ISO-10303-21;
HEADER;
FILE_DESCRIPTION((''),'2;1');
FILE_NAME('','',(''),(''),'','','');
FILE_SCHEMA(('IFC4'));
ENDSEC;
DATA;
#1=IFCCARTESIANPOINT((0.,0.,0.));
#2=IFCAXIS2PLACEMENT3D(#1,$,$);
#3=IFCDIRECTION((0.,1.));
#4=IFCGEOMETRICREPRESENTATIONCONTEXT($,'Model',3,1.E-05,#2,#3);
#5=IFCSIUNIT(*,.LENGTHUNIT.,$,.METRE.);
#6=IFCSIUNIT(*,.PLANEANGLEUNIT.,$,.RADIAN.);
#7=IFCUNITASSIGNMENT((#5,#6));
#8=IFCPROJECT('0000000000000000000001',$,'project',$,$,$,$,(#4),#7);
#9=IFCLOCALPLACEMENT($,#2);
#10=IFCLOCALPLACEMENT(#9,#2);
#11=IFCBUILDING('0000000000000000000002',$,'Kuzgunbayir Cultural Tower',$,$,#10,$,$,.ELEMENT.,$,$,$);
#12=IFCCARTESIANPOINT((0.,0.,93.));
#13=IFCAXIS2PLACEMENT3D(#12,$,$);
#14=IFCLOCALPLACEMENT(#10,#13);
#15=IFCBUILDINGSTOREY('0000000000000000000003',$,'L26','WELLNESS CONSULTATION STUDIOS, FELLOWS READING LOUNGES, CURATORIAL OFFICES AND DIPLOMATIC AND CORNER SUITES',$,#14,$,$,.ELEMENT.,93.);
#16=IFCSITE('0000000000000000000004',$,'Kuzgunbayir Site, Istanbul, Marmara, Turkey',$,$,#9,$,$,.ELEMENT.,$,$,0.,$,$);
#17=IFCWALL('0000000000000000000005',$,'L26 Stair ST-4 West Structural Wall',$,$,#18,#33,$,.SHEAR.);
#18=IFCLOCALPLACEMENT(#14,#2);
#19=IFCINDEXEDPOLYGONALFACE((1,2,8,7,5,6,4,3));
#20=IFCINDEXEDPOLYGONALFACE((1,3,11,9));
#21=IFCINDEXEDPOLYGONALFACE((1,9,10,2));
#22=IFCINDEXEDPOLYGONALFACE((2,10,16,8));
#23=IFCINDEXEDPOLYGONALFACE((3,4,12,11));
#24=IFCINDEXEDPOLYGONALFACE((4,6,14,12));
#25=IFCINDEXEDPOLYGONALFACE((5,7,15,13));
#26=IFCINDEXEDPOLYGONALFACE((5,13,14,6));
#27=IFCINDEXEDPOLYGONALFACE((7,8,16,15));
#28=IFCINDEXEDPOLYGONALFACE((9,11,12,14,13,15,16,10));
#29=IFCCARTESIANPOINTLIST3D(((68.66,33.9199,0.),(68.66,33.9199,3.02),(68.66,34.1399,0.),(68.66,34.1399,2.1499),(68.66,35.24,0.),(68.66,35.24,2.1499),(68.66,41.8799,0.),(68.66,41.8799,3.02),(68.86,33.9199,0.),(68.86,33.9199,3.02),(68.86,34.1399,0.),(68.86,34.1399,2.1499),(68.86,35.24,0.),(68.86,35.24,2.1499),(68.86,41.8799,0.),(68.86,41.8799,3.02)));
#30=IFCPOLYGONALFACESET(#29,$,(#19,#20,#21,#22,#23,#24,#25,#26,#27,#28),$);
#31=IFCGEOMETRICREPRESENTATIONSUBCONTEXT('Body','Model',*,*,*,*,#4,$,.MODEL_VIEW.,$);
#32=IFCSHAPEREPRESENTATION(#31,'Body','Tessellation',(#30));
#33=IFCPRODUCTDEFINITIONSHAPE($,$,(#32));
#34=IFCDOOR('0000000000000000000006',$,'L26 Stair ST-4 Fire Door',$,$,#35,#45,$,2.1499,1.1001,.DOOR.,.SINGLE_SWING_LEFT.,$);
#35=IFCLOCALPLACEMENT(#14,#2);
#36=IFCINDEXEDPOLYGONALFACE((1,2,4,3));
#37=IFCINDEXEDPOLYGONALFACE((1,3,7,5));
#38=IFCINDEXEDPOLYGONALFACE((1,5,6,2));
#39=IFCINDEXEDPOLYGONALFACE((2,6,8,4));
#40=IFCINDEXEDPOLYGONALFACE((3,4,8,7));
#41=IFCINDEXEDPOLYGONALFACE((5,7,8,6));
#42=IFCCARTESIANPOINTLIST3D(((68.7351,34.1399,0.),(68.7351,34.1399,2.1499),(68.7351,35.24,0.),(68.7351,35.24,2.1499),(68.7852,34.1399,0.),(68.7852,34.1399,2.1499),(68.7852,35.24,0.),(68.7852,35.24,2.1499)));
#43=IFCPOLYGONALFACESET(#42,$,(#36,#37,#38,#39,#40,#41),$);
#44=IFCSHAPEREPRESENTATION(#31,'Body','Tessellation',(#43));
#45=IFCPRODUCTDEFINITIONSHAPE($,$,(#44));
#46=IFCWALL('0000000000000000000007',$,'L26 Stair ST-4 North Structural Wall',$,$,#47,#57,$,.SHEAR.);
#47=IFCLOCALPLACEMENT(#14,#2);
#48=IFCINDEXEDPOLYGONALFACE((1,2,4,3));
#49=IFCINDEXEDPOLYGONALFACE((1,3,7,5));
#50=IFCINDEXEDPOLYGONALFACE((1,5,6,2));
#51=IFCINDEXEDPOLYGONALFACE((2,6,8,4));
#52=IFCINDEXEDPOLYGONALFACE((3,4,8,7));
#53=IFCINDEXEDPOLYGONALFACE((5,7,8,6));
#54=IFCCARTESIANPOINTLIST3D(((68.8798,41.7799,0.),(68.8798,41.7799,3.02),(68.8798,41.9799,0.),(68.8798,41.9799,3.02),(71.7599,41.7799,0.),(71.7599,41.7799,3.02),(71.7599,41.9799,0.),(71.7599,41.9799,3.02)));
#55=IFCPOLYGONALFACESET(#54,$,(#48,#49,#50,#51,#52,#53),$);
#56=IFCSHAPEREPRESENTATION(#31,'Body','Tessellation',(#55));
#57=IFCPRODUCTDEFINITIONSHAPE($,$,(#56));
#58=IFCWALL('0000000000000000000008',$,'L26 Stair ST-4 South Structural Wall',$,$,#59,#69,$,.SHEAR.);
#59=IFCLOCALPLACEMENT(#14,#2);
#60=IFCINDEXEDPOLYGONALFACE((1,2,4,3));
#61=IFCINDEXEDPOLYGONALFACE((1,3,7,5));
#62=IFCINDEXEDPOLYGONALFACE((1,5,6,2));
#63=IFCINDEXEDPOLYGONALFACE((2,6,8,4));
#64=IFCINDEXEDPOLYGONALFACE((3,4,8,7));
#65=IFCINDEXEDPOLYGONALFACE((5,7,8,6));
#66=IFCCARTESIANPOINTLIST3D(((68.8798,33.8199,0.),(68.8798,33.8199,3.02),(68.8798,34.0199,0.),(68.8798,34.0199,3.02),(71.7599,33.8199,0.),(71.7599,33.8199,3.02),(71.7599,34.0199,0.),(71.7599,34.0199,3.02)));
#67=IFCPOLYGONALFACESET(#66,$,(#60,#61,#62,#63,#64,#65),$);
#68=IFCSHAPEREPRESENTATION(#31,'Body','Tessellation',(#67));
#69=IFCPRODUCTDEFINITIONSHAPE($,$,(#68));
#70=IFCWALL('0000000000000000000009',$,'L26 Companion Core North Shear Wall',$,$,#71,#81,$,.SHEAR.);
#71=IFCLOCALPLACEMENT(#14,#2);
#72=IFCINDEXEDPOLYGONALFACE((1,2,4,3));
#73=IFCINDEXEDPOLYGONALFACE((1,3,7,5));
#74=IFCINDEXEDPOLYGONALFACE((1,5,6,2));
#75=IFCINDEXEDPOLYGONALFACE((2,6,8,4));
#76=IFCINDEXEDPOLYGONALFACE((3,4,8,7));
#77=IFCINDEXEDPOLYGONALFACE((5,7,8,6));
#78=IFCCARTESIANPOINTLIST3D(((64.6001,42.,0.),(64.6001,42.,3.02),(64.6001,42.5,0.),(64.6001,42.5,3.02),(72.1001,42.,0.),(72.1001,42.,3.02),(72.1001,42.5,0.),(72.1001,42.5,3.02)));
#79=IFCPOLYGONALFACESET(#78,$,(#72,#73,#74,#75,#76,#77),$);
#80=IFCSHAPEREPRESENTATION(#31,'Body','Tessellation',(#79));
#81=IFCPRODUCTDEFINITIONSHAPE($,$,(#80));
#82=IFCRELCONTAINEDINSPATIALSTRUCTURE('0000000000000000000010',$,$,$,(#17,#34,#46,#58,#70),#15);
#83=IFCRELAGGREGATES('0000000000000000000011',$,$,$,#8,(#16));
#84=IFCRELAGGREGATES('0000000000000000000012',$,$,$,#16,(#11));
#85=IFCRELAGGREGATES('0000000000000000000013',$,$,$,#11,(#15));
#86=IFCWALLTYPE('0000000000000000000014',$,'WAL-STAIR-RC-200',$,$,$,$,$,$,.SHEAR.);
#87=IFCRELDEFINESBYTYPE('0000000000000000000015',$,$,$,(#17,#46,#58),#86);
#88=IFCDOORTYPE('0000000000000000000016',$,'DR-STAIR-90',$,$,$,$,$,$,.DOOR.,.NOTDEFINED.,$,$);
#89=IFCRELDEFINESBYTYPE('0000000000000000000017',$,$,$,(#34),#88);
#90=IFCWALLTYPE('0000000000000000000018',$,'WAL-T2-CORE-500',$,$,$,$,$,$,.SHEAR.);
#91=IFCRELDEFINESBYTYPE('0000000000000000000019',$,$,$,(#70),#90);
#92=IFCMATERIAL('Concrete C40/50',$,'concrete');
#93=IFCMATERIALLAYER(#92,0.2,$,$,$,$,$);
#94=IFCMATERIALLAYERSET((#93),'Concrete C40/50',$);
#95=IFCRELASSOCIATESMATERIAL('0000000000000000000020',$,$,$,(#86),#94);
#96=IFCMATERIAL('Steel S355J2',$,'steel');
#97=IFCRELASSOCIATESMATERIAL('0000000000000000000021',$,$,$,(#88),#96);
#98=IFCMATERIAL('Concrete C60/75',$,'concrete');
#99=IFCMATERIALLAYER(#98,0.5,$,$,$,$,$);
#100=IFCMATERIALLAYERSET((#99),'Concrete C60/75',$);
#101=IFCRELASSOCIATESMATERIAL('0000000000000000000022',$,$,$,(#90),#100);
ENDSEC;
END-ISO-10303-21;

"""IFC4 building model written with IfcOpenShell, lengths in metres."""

from ifc_helpers import new_model, si_unit, direction, frame, frame_2d, origin, place, context, subcontext, project, spatial, rectangle, extrude, material, layer, layer_set, type_object, element, fill, save


model = new_model("IFC4")

# Units and contexts
model_context = context("Model", 3, precision=1e-05, world=origin(), true_north=direction((0.0, 1.0)))
body_context = subcontext(model_context, "Body", "Model", "MODEL_VIEW")
ifc_project = project(units=[si_unit("LENGTHUNIT", "METRE"), si_unit("PLANEANGLEUNIT", "RADIAN")], contexts=[model_context])

# Site, building, storey
site_placement = place(None, origin())
site = spatial("IfcSite", under=ifc_project, at=site_placement, Name="Kuzgunbayir Site, Istanbul, Marmara, Turkey", CompositionType="ELEMENT", RefElevation=0.0)
building_placement = place(site_placement, origin())
building = spatial("IfcBuilding", under=site, at=building_placement, Name="Kuzgunbayir Cultural Tower", CompositionType="ELEMENT")
storey_placement = place(building_placement, frame((0.0, 0.0, 93.0)))
storey = spatial("IfcBuildingStorey", under=building, at=storey_placement, Name="L26", Description="WELLNESS CONSULTATION STUDIOS, FELLOWS READING LOUNGES, CURATORIAL OFFICES AND DIPLOMATIC AND CORNER SUITES", CompositionType="ELEMENT", Elevation=93.0)

# Shared definitions
ifc_material_1 = material(Name="Concrete C60/75", Category="concrete")

# Shared definitions
ifc_material_2 = material(Name="Steel S355J2", Category="steel")

# Shared definitions
ifc_material_3 = material(Name="Concrete C40/50", Category="concrete")

# Wall, opening, door
ifc_layer_1 = layer(ifc_material_3, 0.2)
ifc_layer_set_1 = layer_set([ifc_layer_1], Name="Concrete C40/50")
wall_type_1 = type_object("IfcWallType", Name="WAL-STAIR-RC-200", PredefinedType="SHEAR", material=ifc_layer_set_1)
wall_1_placement = place(storey_placement, frame((68.76, 33.9199, 0.0), z_axis=(0.0, 0.0, 1.0), x_axis=(0.0, 1.0, 0.0)))
wall_1 = element("IfcWall", 1, at=wall_1_placement, inside=storey, type_object=wall_type_1, Name="L26 Stair ST-4 West Structural Wall", PredefinedType="SHEAR", context=body_context, shape_type="SweptSolid", body=[
    extrude(rectangle(XDim=7.96, YDim=0.2, at=frame_2d((3.98, 0.0))), origin(), (0.0, 0.0, 1.0), 3.02),
])
opening_1_placement = place(wall_1_placement, frame((0.22, 0.0, 0.0)))
opening_1 = element("IfcOpeningElement", 2, at=opening_1_placement, cuts=wall_1, PredefinedType="OPENING", context=body_context, shape_type="SweptSolid", body=[
    extrude(rectangle(XDim=1.1001, YDim=2.1499, at=frame_2d((0.55, 1.075))), frame((0.0, 0.1099, 0.0), z_axis=(0.0, -1.0, 0.0), x_axis=(1.0, 0.0, 0.0)), (0.0, 0.0, 1.0), 0.22),
])
door_type_1 = type_object("IfcDoorType", Name="DR-STAIR-90", OperationType="NOTDEFINED", PredefinedType="DOOR", material=ifc_material_2)
door_1_placement = place(opening_1_placement, origin())
door_1 = element("IfcDoor", 3, at=door_1_placement, inside=storey, type_object=door_type_1, Name="L26 Stair ST-4 Fire Door", OperationType="SINGLE_SWING_LEFT", OverallHeight=2.1499, OverallWidth=1.1001, PredefinedType="DOOR", context=body_context, shape_type="SweptSolid", body=[
    extrude(rectangle(XDim=1.1001, YDim=2.1499, at=frame_2d((0.55, 1.075))), frame((0.0, 0.0249, 0.0), z_axis=(0.0, -1.0, 0.0), x_axis=(1.0, 0.0, 0.0)), (0.0, 0.0, 1.0), 0.05),
])
fill(opening_1, door_1)

# Walls
for number, where, z_axis, x_axis, name in (
    (4, (68.8799, 41.8799, 0.0), (0.0, 0.0, 1.0), (1.0, 0.0, 0.0), "L26 Stair ST-4 North Structural Wall"),
    (5, (68.8799, 33.9199, 0.0), (0.0, 0.0, 1.0), (1.0, 0.0, 0.0), "L26 Stair ST-4 South Structural Wall"),
):
    element("IfcWall", number, at=place(storey_placement, frame(where, z_axis=z_axis, x_axis=x_axis)), inside=storey, type_object=wall_type_1, Name=name, PredefinedType="SHEAR", context=body_context, shape_type="SweptSolid", body=[
        extrude(rectangle(XDim=2.8801, YDim=0.2, at=frame_2d((1.4399, 0.0))), origin(), (0.0, 0.0, 1.0), 3.02),
    ])
ifc_layer_2 = layer(ifc_material_1, 0.5)
ifc_layer_set_2 = layer_set([ifc_layer_2], Name="Concrete C60/75")
wall_type_2 = type_object("IfcWallType", Name="WAL-T2-CORE-500", PredefinedType="SHEAR", material=ifc_layer_set_2)
wall_2_placement = place(storey_placement, frame((64.6001, 42.25, 0.0), z_axis=(0.0, 0.0, 1.0), x_axis=(1.0, 0.0, 0.0)))
element("IfcWall", 6, at=wall_2_placement, inside=storey, type_object=wall_type_2, Name="L26 Companion Core North Shear Wall", PredefinedType="SHEAR", context=body_context, shape_type="SweptSolid", body=[
    extrude(rectangle(XDim=7.5, YDim=0.5, at=frame_2d((3.75, 0.0))), origin(), (0.0, 0.0, 1.0), 3.02),
])

save(model, "model.ifc")
